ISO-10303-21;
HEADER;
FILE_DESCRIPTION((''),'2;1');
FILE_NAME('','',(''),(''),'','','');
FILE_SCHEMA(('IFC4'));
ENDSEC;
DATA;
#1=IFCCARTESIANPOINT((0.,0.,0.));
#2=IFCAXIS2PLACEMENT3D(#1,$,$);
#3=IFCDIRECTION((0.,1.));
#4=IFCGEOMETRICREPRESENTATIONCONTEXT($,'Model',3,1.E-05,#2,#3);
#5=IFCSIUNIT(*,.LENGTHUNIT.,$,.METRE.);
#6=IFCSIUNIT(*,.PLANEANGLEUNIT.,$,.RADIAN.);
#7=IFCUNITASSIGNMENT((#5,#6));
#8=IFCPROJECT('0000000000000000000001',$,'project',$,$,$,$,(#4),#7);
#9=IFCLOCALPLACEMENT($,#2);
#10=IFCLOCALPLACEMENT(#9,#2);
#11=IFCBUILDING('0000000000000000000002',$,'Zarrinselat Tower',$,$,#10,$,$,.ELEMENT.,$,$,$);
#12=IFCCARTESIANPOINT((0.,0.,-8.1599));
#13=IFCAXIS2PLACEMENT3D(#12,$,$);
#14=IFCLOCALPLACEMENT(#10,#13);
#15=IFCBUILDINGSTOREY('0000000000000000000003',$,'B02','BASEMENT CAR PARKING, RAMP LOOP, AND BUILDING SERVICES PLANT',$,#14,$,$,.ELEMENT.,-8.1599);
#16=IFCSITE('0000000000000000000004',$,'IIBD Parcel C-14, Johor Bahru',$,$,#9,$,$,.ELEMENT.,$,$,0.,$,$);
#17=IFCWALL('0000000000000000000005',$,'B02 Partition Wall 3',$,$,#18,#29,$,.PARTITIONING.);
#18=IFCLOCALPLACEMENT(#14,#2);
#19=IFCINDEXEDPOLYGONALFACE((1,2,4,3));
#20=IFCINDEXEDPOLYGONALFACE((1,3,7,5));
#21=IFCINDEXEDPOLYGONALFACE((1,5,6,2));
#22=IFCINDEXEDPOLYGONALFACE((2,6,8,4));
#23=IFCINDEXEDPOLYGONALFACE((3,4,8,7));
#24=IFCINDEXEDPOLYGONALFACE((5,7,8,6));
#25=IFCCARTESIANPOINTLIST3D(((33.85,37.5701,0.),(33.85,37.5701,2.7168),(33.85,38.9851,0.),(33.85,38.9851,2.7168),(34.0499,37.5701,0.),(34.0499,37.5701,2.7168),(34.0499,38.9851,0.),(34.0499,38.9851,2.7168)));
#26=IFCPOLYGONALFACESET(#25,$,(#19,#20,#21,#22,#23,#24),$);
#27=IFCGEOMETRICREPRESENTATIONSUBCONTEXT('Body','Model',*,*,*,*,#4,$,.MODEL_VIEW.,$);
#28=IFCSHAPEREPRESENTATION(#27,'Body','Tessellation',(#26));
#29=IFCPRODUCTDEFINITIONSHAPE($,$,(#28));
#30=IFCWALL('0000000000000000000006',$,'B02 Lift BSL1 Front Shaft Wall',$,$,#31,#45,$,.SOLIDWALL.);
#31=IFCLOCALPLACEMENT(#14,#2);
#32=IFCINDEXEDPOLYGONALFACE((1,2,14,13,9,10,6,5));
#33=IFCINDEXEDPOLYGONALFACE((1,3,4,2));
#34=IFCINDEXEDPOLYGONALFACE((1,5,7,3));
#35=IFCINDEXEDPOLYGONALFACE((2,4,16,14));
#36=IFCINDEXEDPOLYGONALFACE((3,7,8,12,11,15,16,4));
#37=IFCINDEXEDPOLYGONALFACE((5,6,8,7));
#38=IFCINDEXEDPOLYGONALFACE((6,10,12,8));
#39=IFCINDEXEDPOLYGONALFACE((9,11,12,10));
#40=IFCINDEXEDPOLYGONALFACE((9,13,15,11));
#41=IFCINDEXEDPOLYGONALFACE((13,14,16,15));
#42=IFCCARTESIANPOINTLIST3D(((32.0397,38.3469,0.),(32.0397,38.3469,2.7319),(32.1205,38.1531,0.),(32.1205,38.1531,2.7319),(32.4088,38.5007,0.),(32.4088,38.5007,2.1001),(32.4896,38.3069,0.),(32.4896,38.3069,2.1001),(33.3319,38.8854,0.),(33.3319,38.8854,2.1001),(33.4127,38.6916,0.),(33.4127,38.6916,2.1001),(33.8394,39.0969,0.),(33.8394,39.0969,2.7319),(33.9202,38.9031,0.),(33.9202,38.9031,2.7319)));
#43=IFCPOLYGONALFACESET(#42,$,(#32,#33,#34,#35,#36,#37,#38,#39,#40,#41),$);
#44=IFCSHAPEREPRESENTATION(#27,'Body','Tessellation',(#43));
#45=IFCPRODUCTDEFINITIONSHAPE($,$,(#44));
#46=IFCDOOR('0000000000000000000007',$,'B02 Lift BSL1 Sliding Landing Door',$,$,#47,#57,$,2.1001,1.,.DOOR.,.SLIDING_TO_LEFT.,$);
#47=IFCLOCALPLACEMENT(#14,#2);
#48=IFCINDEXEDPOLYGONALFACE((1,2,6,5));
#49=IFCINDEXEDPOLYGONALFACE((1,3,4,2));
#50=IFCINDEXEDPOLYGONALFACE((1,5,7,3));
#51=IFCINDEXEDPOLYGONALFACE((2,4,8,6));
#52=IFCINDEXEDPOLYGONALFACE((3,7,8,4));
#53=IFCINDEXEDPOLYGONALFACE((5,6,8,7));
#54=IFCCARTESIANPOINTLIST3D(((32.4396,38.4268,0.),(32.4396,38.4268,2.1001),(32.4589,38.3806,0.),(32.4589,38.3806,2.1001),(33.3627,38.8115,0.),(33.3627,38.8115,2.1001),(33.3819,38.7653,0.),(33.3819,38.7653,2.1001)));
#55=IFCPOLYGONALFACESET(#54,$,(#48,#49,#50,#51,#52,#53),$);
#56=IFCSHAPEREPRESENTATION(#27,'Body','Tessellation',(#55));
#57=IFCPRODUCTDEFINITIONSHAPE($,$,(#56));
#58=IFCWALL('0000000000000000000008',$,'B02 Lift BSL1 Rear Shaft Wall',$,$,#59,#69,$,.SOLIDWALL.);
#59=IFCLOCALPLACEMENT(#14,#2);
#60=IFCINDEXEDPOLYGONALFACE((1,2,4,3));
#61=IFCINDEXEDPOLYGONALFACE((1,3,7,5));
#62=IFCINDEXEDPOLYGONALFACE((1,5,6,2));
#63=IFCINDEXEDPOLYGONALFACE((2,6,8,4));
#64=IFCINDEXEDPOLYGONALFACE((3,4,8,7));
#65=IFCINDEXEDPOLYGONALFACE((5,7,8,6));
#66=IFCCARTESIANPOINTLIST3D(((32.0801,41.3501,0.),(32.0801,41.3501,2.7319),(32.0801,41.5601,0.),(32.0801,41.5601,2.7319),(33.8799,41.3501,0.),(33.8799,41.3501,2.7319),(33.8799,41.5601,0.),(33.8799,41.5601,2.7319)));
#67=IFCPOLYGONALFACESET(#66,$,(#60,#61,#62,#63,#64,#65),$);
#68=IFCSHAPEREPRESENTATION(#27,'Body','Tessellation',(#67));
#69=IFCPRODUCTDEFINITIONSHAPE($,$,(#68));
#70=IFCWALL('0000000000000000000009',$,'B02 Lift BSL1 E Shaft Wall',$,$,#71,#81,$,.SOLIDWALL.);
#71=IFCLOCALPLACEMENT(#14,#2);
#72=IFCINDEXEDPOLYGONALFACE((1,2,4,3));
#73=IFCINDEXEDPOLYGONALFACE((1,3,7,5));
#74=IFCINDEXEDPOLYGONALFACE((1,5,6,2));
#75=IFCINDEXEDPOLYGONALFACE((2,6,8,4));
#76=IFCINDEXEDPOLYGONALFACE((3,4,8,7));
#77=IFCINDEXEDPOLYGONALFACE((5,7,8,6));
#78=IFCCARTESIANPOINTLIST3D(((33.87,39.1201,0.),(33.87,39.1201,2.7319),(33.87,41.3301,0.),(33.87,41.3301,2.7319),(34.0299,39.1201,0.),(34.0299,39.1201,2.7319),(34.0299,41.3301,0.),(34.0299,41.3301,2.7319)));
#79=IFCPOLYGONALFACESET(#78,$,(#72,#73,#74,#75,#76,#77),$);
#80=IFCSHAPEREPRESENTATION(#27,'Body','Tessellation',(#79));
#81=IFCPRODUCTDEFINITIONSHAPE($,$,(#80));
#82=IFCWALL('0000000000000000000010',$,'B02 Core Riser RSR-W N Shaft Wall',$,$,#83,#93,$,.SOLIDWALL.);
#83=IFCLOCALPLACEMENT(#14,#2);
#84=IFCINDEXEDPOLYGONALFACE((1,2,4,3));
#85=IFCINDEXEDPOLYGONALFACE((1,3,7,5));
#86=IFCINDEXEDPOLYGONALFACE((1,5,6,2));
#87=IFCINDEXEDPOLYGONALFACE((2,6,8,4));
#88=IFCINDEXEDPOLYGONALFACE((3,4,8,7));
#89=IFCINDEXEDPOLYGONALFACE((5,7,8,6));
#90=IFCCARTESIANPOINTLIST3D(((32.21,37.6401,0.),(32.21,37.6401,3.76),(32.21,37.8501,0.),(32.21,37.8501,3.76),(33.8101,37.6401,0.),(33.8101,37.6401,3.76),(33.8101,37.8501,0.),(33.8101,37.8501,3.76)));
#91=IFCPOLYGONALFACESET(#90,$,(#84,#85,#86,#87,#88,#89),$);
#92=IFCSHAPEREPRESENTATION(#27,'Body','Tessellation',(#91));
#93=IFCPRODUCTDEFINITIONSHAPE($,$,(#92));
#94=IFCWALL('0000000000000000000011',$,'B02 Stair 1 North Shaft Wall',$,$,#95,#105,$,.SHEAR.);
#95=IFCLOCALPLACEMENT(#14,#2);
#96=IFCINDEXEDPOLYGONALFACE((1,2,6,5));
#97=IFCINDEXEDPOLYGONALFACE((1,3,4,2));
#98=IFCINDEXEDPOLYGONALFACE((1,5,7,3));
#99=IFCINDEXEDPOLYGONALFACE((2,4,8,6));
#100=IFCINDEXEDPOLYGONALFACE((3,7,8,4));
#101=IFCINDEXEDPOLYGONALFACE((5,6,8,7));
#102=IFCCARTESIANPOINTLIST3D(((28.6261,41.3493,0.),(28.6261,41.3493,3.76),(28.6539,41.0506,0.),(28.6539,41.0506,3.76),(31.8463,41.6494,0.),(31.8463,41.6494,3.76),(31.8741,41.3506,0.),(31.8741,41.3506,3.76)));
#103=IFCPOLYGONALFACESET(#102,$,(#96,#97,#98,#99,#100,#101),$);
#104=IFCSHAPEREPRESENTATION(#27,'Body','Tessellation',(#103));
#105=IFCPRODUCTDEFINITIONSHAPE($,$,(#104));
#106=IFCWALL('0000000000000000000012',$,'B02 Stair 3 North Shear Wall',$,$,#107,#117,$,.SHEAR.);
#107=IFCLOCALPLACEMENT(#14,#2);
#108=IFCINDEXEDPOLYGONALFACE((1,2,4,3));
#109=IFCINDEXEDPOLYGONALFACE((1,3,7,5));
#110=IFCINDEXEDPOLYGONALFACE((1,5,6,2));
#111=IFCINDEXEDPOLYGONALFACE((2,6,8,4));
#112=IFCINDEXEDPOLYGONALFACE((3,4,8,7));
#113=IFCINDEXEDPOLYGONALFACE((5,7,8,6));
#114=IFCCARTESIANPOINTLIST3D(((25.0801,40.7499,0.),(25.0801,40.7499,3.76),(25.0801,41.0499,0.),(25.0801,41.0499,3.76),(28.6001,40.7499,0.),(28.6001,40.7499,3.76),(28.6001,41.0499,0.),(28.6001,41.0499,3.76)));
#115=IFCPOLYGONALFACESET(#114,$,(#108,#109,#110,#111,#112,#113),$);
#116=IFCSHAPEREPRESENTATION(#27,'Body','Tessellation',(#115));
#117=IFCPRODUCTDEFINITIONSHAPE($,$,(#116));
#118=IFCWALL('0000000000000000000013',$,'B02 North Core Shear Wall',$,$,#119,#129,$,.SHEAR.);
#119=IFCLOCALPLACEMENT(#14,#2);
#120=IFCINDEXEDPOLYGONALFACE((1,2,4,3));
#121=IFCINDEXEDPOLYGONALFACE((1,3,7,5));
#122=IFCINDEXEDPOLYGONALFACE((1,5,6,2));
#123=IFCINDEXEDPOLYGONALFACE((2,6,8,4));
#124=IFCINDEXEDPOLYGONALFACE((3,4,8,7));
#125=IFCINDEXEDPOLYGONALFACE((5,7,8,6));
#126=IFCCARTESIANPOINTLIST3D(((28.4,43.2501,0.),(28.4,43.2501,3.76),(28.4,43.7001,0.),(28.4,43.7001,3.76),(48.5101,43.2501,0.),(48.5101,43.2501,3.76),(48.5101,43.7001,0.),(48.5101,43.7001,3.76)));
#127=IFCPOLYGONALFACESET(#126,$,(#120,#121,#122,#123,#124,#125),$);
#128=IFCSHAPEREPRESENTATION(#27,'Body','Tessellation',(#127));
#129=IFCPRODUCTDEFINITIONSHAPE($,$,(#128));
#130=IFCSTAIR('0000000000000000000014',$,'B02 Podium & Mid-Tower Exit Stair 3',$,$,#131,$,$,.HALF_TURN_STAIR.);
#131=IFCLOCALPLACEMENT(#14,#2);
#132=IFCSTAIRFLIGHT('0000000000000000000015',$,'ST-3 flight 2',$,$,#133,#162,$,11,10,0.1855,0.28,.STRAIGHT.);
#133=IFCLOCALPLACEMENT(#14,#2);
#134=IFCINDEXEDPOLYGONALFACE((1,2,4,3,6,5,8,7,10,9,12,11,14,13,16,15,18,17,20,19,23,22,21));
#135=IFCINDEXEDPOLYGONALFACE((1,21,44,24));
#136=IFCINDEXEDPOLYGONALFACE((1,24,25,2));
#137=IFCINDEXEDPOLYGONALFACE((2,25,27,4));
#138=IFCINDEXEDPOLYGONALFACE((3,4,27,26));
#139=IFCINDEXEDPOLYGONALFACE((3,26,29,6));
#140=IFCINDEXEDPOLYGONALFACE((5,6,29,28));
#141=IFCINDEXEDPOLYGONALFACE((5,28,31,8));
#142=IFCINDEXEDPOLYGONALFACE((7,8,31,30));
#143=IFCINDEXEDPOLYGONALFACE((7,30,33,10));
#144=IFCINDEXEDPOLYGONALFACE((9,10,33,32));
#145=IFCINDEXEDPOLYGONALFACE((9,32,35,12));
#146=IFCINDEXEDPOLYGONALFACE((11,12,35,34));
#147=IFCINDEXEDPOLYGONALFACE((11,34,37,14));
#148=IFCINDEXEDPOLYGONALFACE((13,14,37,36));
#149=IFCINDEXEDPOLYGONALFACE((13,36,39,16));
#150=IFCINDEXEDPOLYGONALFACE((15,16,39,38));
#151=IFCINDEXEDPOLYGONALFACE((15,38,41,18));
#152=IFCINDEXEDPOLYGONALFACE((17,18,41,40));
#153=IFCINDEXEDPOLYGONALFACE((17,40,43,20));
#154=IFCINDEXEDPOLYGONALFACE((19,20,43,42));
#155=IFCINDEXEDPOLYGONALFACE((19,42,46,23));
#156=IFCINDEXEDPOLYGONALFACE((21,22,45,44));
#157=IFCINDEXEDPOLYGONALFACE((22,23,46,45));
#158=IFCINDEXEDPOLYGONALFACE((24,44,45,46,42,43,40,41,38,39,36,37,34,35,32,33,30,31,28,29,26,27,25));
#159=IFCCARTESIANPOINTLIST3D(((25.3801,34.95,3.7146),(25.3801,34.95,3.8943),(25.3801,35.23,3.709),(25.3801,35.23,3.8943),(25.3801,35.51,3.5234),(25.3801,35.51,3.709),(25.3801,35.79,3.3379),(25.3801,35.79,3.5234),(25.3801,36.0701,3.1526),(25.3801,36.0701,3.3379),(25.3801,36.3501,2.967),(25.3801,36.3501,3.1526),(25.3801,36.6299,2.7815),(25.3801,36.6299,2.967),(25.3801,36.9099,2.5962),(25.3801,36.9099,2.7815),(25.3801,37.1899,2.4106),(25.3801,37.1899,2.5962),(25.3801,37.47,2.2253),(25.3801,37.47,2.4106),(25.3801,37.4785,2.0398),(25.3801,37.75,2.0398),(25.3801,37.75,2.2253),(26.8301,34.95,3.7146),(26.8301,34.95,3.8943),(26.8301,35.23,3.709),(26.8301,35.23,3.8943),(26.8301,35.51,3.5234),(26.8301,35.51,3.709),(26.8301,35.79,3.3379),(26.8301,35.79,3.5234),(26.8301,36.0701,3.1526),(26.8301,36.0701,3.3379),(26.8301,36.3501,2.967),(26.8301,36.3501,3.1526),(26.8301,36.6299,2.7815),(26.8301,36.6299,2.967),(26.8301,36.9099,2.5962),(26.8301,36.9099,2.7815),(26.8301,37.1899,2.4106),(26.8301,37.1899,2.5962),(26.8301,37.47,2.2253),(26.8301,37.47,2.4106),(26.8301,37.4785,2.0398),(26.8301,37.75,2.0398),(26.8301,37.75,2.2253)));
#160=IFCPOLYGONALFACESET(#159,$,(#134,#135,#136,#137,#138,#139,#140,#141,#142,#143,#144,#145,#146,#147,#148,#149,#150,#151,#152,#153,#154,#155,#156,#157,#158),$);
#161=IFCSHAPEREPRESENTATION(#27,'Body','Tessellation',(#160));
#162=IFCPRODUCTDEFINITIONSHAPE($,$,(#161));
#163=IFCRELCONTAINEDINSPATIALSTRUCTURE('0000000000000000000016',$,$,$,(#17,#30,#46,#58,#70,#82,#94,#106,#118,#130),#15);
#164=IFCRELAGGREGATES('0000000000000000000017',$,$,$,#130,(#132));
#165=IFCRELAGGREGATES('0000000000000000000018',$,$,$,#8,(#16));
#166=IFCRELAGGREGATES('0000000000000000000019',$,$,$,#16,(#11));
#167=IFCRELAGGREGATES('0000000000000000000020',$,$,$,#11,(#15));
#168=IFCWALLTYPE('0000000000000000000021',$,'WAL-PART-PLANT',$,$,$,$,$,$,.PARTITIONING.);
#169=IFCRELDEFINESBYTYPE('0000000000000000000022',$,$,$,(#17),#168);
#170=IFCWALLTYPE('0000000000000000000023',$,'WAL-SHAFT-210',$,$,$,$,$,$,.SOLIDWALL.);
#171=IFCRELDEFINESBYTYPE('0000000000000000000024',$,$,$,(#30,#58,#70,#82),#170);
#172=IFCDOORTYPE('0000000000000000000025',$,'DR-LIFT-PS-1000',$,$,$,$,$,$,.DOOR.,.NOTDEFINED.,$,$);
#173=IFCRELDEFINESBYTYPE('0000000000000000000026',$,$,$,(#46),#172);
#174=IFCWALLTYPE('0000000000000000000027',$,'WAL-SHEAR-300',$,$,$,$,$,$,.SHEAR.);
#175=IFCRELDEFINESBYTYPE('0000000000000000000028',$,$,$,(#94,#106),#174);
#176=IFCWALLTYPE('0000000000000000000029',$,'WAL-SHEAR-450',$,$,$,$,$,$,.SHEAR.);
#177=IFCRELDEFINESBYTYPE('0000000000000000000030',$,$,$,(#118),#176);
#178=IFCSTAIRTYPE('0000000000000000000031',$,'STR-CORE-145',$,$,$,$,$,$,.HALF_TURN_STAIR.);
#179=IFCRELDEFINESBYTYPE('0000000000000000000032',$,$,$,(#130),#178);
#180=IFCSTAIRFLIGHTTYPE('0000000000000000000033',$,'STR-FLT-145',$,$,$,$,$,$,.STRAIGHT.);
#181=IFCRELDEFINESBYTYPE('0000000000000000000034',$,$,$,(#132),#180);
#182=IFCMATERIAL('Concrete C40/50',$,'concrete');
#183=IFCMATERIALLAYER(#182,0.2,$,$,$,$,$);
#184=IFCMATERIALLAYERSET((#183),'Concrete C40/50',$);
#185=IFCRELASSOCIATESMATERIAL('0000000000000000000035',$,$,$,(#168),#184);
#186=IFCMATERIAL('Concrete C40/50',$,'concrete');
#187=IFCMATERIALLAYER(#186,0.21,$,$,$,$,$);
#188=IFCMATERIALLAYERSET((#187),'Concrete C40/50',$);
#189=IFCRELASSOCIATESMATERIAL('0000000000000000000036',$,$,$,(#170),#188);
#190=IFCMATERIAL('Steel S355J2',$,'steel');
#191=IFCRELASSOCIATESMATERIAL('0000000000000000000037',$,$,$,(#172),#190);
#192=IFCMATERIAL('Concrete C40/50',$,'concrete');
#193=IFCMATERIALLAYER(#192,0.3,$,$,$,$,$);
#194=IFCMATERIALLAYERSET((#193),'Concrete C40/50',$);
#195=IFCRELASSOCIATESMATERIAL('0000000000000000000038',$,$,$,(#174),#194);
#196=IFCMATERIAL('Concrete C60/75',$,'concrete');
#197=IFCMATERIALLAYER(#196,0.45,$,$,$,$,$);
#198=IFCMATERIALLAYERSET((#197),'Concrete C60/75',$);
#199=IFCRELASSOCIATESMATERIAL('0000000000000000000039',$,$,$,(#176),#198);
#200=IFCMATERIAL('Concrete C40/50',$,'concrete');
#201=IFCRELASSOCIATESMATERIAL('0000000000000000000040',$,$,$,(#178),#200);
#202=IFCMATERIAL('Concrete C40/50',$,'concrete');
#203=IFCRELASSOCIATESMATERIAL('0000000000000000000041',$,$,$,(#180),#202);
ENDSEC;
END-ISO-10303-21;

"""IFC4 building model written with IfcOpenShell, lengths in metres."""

from ifc_helpers import new_model, si_unit, direction, frame, frame_2d, origin, place, context, subcontext, project, spatial, polyline, rectangle, outline, extrude, material, layer, layer_set, type_object, element, fill, aggregate, save


model = new_model("IFC4")

# Units and contexts
model_context = context("Model", 3, precision=1e-05, world=origin(), true_north=direction((0.0, 1.0)))
body_context = subcontext(model_context, "Body", "Model", "MODEL_VIEW")
ifc_project = project(units=[si_unit("LENGTHUNIT", "METRE"), si_unit("PLANEANGLEUNIT", "RADIAN")], contexts=[model_context])

# Site, building, storey
site_placement = place(None, origin())
site = spatial("IfcSite", under=ifc_project, at=site_placement, Name="IIBD Parcel C-14, Johor Bahru", CompositionType="ELEMENT", RefElevation=0.0)
building_placement = place(site_placement, origin())
building = spatial("IfcBuilding", under=site, at=building_placement, Name="Zarrinselat Tower", CompositionType="ELEMENT")
storey_placement = place(building_placement, frame((0.0, 0.0, -8.1599)))
storey = spatial("IfcBuildingStorey", under=building, at=storey_placement, Name="B02", Description="BASEMENT CAR PARKING, RAMP LOOP, AND BUILDING SERVICES PLANT", CompositionType="ELEMENT", Elevation=-8.1599)

# Wall
ifc_material_1 = material(Name="Concrete C40/50", Category="concrete")
ifc_layer_1 = layer(ifc_material_1, 0.2)
ifc_layer_set_1 = layer_set([ifc_layer_1], Name="Concrete C40/50")
wall_type_1 = type_object("IfcWallType", Name="WAL-PART-PLANT", PredefinedType="PARTITIONING", material=ifc_layer_set_1)
wall_1_placement = place(storey_placement, frame((33.95, 37.5701, 0.0), z_axis=(0.0, 0.0, 1.0), x_axis=(0.0, 1.0, 0.0)))
element("IfcWall", 1, at=wall_1_placement, inside=storey, type_object=wall_type_1, Name="B02 Partition Wall 3", PredefinedType="PARTITIONING", context=body_context, shape_type="SweptSolid", body=[
    extrude(rectangle(XDim=1.415, YDim=0.2, at=frame_2d((0.7075, 0.0))), origin(), (0.0, 0.0, 1.0), 2.7168),
])

# Wall, opening, door
ifc_material_2 = material(Name="Concrete C40/50", Category="concrete")
ifc_layer_2 = layer(ifc_material_2, 0.21)
ifc_layer_set_2 = layer_set([ifc_layer_2], Name="Concrete C40/50")
wall_type_2 = type_object("IfcWallType", Name="WAL-SHAFT-210", PredefinedType="SOLIDWALL", material=ifc_layer_set_2)
wall_2_placement = place(storey_placement, frame((32.0801, 38.25, 0.0), z_axis=(0.0, 0.0, 1.0), x_axis=(0.923062, 0.384651, 0.0)))
wall_2 = element("IfcWall", 2, at=wall_2_placement, inside=storey, type_object=wall_type_2, Name="B02 Lift BSL1 Front Shaft Wall", PredefinedType="SOLIDWALL", context=body_context, shape_type="SweptSolid", body=[
    extrude(rectangle(XDim=1.9497, YDim=0.21, at=frame_2d((0.9749, 0.0))), origin(), (0.0, 0.0, 1.0), 2.7319),
])
opening_placement = place(wall_2_placement, frame((0.3999, 0.0, 0.0)))
opening = element("IfcOpeningElement", 3, at=opening_placement, cuts=wall_2, PredefinedType="OPENING", context=body_context, shape_type="SweptSolid", body=[
    extrude(rectangle(XDim=1.0, YDim=2.1001, at=frame_2d((0.5, 1.05))), frame((0.0, 0.115, 0.0), z_axis=(0.0, -1.0, 0.0), x_axis=(1.0, 0.0, 0.0)), (0.0, 0.0, 1.0), 0.23),
])
ifc_material_3 = material(Name="Steel S355J2", Category="steel")
door_type = type_object("IfcDoorType", Name="DR-LIFT-PS-1000", OperationType="NOTDEFINED", PredefinedType="DOOR", material=ifc_material_3)
door_placement = place(opening_placement, origin())
door = element("IfcDoor", 4, at=door_placement, inside=storey, type_object=door_type, Name="B02 Lift BSL1 Sliding Landing Door", OperationType="SLIDING_TO_LEFT", OverallHeight=2.1001, OverallWidth=1.0, PredefinedType="DOOR", context=body_context, shape_type="SweptSolid", body=[
    extrude(rectangle(XDim=1.0, YDim=2.1001, at=frame_2d((0.5, 1.05))), frame((0.0, 0.0249, 0.0), z_axis=(0.0, -1.0, 0.0), x_axis=(1.0, 0.0, 0.0)), (0.0, 0.0, 1.0), 0.05),
])
fill(opening, door)

# Walls
wall_3_placement = place(storey_placement, frame((32.0801, 41.4551, 0.0), z_axis=(0.0, 0.0, 1.0), x_axis=(1.0, 0.0, 0.0)))
element("IfcWall", 5, at=wall_3_placement, inside=storey, type_object=wall_type_2, Name="B02 Lift BSL1 Rear Shaft Wall", PredefinedType="SOLIDWALL", context=body_context, shape_type="SweptSolid", body=[
    extrude(rectangle(XDim=1.7998, YDim=0.21, at=frame_2d((0.8999, 0.0))), origin(), (0.0, 0.0, 1.0), 2.7319),
])
wall_4_placement = place(storey_placement, frame((33.95, 39.1201, 0.0), z_axis=(0.0, 0.0, 1.0), x_axis=(0.0, 1.0, 0.0)))
element("IfcWall", 6, at=wall_4_placement, inside=storey, type_object=wall_type_2, Name="B02 Lift BSL1 E Shaft Wall", PredefinedType="SOLIDWALL", context=body_context, shape_type="SweptSolid", body=[
    extrude(rectangle(XDim=2.21, YDim=0.1599, at=frame_2d((1.105, 0.0))), origin(), (0.0, 0.0, 1.0), 2.7319),
])
wall_5_placement = place(storey_placement, frame((32.21, 37.7451, 0.0), z_axis=(0.0, 0.0, 1.0), x_axis=(1.0, 0.0, 0.0)))
element("IfcWall", 7, at=wall_5_placement, inside=storey, type_object=wall_type_2, Name="B02 Core Riser RSR-W N Shaft Wall", PredefinedType="SOLIDWALL", context=body_context, shape_type="SweptSolid", body=[
    extrude(rectangle(XDim=1.6001, YDim=0.21, at=frame_2d((0.8, 0.0))), origin(), (0.0, 0.0, 1.0), 3.76),
])
ifc_material_4 = material(Name="Concrete C40/50", Category="concrete")
ifc_layer_3 = layer(ifc_material_4, 0.3)
ifc_layer_set_3 = layer_set([ifc_layer_3], Name="Concrete C40/50")
wall_type_3 = type_object("IfcWallType", Name="WAL-SHEAR-300", PredefinedType="SHEAR", material=ifc_layer_set_3)
wall_6_placement = place(storey_placement, frame((28.6399, 41.2, 0.0), z_axis=(0.0, 0.0, 1.0), x_axis=(0.995687, 0.092775, 0.0)))
element("IfcWall", 8, at=wall_6_placement, inside=storey, type_object=wall_type_3, Name="B02 Stair 1 North Shaft Wall", PredefinedType="SHEAR", context=body_context, shape_type="SweptSolid", body=[
    extrude(rectangle(XDim=3.2341, YDim=0.3, at=frame_2d((1.6172, 0.0))), origin(), (0.0, 0.0, 1.0), 3.76),
])
wall_7_placement = place(storey_placement, frame((25.0801, 40.8999, 0.0), z_axis=(0.0, 0.0, 1.0), x_axis=(1.0, 0.0, 0.0)))
element("IfcWall", 9, at=wall_7_placement, inside=storey, type_object=wall_type_3, Name="B02 Stair 3 North Shear Wall", PredefinedType="SHEAR", context=body_context, shape_type="SweptSolid", body=[
    extrude(rectangle(XDim=3.52, YDim=0.3, at=frame_2d((1.76, 0.0))), origin(), (0.0, 0.0, 1.0), 3.76),
])
ifc_material_5 = material(Name="Concrete C60/75", Category="concrete")
ifc_layer_4 = layer(ifc_material_5, 0.45)
ifc_layer_set_4 = layer_set([ifc_layer_4], Name="Concrete C60/75")
wall_type_4 = type_object("IfcWallType", Name="WAL-SHEAR-450", PredefinedType="SHEAR", material=ifc_layer_set_4)
wall_8_placement = place(storey_placement, frame((28.3999, 43.4751, 0.0), z_axis=(0.0, 0.0, 1.0), x_axis=(1.0, 0.0, 0.0)))
element("IfcWall", 10, at=wall_8_placement, inside=storey, type_object=wall_type_4, Name="B02 North Core Shear Wall", PredefinedType="SHEAR", context=body_context, shape_type="SweptSolid", body=[
    extrude(rectangle(XDim=20.1101, YDim=0.45, at=frame_2d((10.0552, 0.0))), origin(), (0.0, 0.0, 1.0), 3.76),
])

# Stair, stair flight
ifc_material_6 = material(Name="Concrete C40/50", Category="concrete")
stair_type_1 = type_object("IfcStairType", Name="STR-CORE-145", PredefinedType="HALF_TURN_STAIR", material=ifc_material_6)
stair_1_placement = place(storey_placement, origin())
stair_1 = element("IfcStair", 11, at=stair_1_placement, inside=storey, type_object=stair_type_1, Name="B02 Podium & Mid-Tower Exit Stair 3", PredefinedType="HALF_TURN_STAIR")
ifc_material_7 = material(Name="Concrete C40/50", Category="concrete")
stair_flight_type_1 = type_object("IfcStairFlightType", Name="STR-FLT-145", PredefinedType="STRAIGHT", material=ifc_material_7)
stair_flight_1_placement = place(storey_placement, frame((26.105, 37.75, 2.0398), z_axis=(0.0, 0.0, 1.0), x_axis=(0.0, -1.0, 0.0)))
stair_flight_1 = element("IfcStairFlight", 12, at=stair_flight_1_placement, type_object=stair_flight_type_1, Name="ST-3 flight 2", NumberOfRisers=11, NumberOfTreads=10, PredefinedType="STRAIGHT", RiserHeight=0.1855, TreadLength=0.28, context=body_context, shape_type="SweptSolid", body=[
    extrude(outline(polyline([(0.0, 0.0), (0.0, 0.1855), (0.28, 0.1855), (0.28, 0.3708), (0.5601, 0.3708), (0.5601, 0.5564), (0.8401, 0.5564), (0.8401, 0.7417), (1.1201, 0.7417), (1.1201, 0.9272), (1.3999, 0.9272), (1.3999, 1.1128), (1.6799, 1.1128), (1.6799, 1.2981), (1.96, 1.2981), (1.96, 1.4836), (2.24, 1.4836), (2.24, 1.6692), (2.52, 1.6692), (2.52, 1.8545), (2.8, 1.8545), (2.8, 2.04), (2.8, 1.6748), (0.2715, 0.0), (0.0, 0.0)])), frame((0.0, 0.7251, 0.0), z_axis=(0.0, -1.0, 0.0), x_axis=(1.0, 0.0, 0.0)), (0.0, 0.0, 1.0), 1.45),
])
aggregate(stair_1, [stair_flight_1])

save(model, "model.ifc")
